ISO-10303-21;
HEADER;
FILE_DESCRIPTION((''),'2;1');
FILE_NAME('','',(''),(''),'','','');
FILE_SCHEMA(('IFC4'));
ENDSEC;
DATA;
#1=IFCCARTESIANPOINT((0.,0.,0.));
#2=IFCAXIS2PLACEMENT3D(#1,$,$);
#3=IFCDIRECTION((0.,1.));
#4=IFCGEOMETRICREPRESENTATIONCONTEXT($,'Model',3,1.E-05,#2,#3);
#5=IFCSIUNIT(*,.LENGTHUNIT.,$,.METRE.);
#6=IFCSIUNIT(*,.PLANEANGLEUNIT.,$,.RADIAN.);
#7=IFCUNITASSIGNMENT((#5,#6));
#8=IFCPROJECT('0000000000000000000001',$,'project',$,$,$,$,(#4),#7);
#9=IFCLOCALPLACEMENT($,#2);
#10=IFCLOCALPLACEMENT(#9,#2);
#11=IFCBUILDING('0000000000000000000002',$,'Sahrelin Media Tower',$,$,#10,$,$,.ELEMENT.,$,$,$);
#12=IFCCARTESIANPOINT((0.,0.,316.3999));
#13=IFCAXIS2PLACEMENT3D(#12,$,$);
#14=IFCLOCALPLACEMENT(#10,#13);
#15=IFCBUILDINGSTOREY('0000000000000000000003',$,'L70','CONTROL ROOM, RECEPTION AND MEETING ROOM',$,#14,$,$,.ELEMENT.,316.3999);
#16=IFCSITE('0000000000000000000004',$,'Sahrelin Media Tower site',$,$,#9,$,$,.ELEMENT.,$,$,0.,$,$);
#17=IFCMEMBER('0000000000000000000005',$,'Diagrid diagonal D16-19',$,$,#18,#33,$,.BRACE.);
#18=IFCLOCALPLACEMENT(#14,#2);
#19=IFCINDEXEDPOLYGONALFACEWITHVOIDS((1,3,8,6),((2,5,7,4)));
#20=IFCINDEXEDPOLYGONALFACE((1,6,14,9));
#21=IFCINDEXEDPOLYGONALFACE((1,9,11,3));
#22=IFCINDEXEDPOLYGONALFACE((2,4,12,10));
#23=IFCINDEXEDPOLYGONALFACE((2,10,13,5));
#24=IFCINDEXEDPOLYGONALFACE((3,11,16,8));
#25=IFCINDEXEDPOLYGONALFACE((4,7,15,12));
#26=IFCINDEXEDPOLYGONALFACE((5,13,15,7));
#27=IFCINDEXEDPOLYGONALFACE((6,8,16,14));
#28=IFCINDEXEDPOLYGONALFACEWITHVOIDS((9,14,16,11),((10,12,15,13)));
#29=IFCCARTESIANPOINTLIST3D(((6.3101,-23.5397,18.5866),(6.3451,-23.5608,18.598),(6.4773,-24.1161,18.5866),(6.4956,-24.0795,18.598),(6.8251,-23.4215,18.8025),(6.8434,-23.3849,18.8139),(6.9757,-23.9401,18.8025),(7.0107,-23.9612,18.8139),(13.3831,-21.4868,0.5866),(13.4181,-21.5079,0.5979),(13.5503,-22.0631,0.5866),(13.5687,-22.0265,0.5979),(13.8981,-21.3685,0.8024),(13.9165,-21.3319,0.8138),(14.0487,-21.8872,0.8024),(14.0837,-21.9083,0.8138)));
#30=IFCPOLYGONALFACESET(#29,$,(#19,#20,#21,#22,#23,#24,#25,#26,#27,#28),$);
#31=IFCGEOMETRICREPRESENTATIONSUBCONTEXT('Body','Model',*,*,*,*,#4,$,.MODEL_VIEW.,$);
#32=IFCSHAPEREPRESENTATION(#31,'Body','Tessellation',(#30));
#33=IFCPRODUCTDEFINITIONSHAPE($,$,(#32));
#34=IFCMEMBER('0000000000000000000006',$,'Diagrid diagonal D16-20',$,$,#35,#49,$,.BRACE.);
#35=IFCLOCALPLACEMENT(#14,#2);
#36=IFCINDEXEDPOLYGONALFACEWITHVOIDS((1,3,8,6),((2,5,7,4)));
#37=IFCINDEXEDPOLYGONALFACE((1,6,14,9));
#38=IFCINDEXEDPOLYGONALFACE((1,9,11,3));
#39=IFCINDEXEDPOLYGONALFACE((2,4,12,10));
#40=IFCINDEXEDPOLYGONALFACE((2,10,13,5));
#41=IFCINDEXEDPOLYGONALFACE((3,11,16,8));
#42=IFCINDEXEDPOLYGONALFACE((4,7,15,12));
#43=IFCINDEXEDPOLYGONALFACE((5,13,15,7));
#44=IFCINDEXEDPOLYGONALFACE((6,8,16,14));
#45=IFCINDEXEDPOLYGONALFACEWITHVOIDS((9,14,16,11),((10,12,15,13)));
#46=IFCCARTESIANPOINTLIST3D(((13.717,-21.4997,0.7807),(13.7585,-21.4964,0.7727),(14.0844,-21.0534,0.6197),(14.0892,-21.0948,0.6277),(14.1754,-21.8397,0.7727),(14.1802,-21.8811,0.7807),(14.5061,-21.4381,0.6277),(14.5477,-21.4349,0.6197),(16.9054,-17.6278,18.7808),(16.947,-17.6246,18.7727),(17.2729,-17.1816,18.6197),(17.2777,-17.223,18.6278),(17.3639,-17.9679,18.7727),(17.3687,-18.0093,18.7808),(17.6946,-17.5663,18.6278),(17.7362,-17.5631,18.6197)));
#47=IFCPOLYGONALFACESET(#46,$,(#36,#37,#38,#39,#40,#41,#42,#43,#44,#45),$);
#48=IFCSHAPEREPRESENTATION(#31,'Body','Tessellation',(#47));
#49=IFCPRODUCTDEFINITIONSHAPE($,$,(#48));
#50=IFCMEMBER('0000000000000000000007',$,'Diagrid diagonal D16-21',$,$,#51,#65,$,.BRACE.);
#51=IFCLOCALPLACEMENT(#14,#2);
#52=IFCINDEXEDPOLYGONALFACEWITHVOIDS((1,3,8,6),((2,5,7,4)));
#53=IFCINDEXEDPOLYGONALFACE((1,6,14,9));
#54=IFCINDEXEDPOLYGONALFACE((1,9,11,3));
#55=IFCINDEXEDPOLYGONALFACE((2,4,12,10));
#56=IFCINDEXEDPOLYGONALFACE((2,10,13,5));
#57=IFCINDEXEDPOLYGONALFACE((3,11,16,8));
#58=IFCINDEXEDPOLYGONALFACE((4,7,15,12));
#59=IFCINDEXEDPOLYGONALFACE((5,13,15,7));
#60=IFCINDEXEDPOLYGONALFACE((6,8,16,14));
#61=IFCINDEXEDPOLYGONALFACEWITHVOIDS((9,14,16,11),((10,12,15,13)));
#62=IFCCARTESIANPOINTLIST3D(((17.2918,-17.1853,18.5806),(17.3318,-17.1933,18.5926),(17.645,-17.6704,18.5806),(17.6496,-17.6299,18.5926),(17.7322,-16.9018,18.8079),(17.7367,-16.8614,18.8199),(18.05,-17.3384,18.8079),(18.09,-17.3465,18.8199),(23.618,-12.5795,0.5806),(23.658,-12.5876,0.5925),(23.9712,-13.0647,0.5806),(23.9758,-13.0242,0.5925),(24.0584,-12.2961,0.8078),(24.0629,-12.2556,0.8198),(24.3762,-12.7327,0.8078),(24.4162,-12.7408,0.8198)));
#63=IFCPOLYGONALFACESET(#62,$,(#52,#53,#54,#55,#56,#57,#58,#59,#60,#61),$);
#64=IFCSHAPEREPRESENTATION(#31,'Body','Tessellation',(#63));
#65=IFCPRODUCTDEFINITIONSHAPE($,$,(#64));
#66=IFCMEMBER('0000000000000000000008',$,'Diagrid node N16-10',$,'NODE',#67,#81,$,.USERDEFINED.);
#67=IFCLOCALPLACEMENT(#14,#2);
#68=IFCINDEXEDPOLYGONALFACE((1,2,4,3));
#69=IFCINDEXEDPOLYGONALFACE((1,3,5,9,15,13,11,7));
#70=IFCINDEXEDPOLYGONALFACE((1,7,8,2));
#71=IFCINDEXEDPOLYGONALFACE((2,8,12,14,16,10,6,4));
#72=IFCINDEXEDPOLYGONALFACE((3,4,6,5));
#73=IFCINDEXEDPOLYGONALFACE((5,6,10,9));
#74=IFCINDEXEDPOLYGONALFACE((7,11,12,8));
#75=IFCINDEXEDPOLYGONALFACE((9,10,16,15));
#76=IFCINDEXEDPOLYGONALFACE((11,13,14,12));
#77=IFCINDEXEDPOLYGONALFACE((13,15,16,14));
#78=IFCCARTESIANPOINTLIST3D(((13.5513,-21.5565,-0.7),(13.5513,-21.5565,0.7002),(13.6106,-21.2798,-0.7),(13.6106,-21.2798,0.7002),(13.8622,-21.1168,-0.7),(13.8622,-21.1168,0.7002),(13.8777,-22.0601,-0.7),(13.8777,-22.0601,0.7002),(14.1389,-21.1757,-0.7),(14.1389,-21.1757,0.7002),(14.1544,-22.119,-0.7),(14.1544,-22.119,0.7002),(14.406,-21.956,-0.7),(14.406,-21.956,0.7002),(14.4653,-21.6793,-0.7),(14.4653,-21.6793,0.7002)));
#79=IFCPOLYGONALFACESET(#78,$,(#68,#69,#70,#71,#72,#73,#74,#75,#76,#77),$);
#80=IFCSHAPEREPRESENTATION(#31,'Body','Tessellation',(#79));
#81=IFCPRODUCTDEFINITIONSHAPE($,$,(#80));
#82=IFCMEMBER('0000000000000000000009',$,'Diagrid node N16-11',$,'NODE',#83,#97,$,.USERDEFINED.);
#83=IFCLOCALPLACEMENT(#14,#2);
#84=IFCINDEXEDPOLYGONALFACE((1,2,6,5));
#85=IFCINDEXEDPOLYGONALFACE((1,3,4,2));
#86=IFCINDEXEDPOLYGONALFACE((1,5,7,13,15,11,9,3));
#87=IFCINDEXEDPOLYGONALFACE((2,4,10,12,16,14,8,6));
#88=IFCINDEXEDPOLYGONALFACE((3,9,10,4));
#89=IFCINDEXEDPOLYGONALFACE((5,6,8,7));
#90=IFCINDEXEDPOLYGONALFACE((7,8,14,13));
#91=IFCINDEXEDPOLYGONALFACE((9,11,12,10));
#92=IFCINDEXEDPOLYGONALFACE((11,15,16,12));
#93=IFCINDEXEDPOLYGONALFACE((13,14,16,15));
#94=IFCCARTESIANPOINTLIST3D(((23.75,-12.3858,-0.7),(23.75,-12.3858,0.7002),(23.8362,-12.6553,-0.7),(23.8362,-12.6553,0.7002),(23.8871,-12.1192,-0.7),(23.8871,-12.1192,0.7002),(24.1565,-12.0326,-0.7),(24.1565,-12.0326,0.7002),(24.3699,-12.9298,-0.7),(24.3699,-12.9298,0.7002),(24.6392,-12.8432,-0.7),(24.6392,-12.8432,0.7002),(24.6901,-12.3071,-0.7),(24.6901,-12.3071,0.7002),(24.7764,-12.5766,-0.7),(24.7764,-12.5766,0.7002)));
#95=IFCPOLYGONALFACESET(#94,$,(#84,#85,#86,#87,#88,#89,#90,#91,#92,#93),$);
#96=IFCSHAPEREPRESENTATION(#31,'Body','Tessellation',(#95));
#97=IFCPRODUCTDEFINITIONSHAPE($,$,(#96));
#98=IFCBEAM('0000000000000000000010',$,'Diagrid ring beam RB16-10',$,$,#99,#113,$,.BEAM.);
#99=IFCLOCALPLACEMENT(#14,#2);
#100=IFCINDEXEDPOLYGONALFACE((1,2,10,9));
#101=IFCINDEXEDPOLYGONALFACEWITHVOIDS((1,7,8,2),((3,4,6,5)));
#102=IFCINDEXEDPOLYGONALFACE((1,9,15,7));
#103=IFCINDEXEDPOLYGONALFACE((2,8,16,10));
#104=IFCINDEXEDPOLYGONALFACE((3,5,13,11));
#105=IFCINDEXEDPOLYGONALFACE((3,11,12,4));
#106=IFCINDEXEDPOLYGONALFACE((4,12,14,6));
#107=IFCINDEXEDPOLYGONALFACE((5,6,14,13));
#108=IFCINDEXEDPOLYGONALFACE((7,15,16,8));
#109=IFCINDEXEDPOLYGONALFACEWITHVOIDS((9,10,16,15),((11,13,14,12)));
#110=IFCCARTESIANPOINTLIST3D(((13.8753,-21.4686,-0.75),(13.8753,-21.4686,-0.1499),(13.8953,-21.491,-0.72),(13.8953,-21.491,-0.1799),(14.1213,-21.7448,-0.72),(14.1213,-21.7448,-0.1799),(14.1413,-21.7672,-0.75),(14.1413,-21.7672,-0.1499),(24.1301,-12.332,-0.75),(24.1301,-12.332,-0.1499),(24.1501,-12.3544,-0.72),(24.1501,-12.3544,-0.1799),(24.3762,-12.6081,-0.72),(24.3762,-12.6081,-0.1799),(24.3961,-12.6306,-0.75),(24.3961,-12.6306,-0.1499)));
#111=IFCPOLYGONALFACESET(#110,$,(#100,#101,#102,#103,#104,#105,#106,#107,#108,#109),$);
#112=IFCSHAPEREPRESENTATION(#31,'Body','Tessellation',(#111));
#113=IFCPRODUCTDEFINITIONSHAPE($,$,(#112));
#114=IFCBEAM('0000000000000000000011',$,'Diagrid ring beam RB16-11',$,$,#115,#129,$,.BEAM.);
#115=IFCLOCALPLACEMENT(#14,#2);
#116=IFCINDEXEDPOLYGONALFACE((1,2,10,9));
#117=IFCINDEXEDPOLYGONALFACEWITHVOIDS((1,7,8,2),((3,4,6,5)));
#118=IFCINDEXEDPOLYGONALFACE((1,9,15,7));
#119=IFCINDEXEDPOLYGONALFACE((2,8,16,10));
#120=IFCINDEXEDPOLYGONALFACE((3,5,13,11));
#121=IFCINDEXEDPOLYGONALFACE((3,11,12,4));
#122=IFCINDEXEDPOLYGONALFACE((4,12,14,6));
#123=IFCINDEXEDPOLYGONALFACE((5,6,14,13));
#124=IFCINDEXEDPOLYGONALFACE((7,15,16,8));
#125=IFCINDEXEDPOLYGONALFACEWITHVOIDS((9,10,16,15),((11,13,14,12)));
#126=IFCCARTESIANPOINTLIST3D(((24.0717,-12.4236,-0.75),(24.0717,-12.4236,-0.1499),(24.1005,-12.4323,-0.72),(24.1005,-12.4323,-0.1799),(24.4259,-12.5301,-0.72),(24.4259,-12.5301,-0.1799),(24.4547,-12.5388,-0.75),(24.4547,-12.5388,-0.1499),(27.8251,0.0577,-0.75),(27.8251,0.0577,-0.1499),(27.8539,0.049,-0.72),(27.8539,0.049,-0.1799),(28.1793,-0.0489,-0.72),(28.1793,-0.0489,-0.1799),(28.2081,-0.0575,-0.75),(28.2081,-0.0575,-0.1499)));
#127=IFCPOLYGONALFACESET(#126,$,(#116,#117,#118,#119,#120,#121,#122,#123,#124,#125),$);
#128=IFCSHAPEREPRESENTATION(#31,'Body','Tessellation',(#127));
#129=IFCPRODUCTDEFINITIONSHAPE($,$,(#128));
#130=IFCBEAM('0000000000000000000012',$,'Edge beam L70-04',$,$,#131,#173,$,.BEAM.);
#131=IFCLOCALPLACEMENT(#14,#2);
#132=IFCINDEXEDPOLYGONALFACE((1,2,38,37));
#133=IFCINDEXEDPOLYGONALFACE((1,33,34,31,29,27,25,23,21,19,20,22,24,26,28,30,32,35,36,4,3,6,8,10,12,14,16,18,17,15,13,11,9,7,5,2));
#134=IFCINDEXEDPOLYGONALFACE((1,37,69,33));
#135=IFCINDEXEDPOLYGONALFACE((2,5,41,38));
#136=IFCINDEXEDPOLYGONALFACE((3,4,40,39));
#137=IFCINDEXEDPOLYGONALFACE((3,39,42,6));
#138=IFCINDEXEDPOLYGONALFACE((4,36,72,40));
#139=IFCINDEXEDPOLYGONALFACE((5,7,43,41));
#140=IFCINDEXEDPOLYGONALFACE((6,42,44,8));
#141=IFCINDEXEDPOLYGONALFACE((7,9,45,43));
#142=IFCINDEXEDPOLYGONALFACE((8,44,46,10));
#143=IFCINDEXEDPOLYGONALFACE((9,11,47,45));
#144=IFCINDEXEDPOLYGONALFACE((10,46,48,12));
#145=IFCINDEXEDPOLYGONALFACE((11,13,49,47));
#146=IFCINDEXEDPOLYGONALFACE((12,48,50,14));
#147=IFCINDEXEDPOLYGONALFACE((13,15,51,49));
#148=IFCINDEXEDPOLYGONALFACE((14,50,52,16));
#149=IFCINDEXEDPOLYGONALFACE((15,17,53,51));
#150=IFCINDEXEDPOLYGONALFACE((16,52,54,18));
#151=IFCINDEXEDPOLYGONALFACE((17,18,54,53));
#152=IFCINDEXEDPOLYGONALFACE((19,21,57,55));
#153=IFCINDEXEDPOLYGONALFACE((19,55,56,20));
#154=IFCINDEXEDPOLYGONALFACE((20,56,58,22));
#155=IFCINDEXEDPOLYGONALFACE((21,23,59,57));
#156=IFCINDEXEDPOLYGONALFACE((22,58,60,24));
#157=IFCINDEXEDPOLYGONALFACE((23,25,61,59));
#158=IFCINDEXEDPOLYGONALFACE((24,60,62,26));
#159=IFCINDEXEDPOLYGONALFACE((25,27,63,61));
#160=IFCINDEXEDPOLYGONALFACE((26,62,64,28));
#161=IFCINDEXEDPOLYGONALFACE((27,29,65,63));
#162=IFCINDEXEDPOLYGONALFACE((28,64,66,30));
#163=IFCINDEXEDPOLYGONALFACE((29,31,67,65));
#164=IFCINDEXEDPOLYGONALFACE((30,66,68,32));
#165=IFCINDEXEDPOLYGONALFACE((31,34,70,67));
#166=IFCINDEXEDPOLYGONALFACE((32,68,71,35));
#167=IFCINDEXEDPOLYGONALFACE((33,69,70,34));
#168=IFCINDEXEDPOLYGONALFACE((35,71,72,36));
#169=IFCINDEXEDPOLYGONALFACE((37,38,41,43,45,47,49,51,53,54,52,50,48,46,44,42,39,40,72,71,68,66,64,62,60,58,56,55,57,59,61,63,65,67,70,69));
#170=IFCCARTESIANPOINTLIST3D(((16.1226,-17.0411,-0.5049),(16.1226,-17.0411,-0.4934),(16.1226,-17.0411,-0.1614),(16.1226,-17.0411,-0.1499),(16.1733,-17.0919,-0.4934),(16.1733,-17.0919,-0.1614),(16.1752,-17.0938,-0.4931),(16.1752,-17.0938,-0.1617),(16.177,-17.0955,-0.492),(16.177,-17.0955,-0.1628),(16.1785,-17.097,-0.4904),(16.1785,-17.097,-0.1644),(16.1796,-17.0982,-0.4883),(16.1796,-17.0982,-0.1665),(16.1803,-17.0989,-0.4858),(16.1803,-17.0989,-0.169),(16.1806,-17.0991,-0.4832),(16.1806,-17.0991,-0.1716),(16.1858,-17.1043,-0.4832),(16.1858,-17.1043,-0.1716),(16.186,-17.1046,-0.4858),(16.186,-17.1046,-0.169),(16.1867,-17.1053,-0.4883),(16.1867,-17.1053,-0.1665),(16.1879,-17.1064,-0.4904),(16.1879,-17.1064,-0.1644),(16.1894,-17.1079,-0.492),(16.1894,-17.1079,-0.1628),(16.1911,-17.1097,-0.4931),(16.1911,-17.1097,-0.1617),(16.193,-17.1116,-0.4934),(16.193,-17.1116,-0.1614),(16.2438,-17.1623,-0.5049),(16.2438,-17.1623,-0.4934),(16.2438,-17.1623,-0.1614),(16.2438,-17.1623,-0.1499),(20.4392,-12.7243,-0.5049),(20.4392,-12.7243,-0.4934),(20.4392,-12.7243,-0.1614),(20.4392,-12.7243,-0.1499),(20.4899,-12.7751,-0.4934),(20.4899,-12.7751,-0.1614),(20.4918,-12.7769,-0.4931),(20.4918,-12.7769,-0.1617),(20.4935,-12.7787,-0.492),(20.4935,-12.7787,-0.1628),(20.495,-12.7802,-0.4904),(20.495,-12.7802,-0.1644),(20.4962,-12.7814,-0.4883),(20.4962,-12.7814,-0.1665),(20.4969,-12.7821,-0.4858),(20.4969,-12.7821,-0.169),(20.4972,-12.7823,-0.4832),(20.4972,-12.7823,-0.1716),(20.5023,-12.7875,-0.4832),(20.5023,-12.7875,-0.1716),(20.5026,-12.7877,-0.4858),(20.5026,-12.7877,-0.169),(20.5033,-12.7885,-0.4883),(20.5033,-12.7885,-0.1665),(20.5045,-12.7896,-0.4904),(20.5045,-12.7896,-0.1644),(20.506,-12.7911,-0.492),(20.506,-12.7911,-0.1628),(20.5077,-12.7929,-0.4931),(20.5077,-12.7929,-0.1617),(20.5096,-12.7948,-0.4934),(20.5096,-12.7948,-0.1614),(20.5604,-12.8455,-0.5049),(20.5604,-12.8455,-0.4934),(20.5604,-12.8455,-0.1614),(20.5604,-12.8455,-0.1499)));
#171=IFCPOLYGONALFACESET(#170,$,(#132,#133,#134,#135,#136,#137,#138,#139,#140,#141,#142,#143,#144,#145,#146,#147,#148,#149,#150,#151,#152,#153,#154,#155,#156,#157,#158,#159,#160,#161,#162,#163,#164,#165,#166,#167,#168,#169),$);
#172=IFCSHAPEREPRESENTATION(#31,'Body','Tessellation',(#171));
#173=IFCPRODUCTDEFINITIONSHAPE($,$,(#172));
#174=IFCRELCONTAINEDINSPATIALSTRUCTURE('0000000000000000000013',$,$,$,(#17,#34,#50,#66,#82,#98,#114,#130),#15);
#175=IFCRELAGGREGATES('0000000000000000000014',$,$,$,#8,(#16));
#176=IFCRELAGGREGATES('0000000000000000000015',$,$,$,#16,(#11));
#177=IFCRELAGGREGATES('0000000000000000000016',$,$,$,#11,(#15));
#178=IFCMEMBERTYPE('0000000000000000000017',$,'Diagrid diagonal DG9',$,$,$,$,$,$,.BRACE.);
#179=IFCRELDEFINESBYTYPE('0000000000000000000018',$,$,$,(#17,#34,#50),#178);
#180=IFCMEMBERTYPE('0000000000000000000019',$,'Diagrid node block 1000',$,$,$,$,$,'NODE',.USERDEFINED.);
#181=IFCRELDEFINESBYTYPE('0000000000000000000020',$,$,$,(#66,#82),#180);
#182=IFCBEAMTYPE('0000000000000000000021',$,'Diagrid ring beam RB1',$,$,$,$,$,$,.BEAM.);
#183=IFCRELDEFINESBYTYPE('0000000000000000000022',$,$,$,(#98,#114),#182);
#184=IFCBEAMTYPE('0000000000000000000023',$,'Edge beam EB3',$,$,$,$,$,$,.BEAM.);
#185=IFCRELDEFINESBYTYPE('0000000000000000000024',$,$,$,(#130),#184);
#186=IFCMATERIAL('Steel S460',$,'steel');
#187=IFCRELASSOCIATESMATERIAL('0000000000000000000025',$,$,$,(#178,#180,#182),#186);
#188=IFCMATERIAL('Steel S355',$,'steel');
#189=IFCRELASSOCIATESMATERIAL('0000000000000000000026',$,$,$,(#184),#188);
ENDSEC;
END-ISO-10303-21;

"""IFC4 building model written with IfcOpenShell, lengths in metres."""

from ifc_helpers import new_model, si_unit, direction, frame, origin, origin_2d, place, context, subcontext, project, spatial, polyline, hollow_rectangle, i_section, outline, extrude, material, material_profile, profile_set, type_object, element, save


model = new_model("IFC4")

# Units and contexts
model_context = context("Model", 3, precision=1e-05, world=origin(), true_north=direction((0.0, 1.0)))
body_context = subcontext(model_context, "Body", "Model", "MODEL_VIEW")
ifc_project = project(units=[si_unit("LENGTHUNIT", "METRE"), si_unit("PLANEANGLEUNIT", "RADIAN")], contexts=[model_context])

# Site, building, storey
site_placement = place(None, origin())
site = spatial("IfcSite", under=ifc_project, at=site_placement, Name="Sahrelin Media Tower site", CompositionType="ELEMENT", RefElevation=0.0)
building_placement = place(site_placement, origin())
building = spatial("IfcBuilding", under=site, at=building_placement, Name="Sahrelin Media Tower", CompositionType="ELEMENT")
storey_placement = place(building_placement, frame((0.0, 0.0, 316.3999)))
storey = spatial("IfcBuildingStorey", under=building, at=storey_placement, Name="L70", Description="CONTROL ROOM, RECEPTION AND MEETING ROOM", CompositionType="ELEMENT", Elevation=316.3999)

# Members
ifc_material_1 = material(Name="Steel S460", Category="steel")
ifc_material_profile_1 = material_profile(ifc_material_1, hollow_rectangle(XDim=0.6001, YDim=0.6001, WallThickness=0.03, at=origin_2d()), Name="Diagrid diagonal DG9")
ifc_profile_set_1 = profile_set([ifc_material_profile_1], Name="Steel S460")
member_type_1 = type_object("IfcMemberType", Name="Diagrid diagonal DG9", PredefinedType="BRACE", material=ifc_profile_set_1)
member_1_placement = place(storey_placement, frame((13.7334, -21.6975, 0.7002), z_axis=(-0.363679, -0.10556, 0.925524), x_axis=(0.278751, -0.960363, 0.0)))
element("IfcMember", 1, at=member_1_placement, inside=storey, type_object=member_type_1, Name="Diagrid diagonal D16-19", PredefinedType="BRACE", context=body_context, shape_type="SweptSolid", body=[
    extrude(hollow_rectangle(XDim=0.6001, YDim=0.6001, WallThickness=0.03, at=origin_2d()), origin(), (0.0, 0.0, 1.0), 19.4485),
])
member_2_placement = place(storey_placement, frame((14.1323, -21.4673, 0.7002), z_axis=(0.170637, 0.207207, 0.963301), x_axis=(-0.771939, 0.635697, 0.0)))
element("IfcMember", 2, at=member_2_placement, inside=storey, type_object=member_type_1, Name="Diagrid diagonal D16-20", PredefinedType="BRACE", context=body_context, shape_type="SweptSolid", body=[
    extrude(hollow_rectangle(XDim=0.6001, YDim=0.6001, WallThickness=0.03, at=origin_2d()), origin(), (0.0, 0.0, 1.0), 18.6858),
])
member_3_placement = place(storey_placement, frame((24.0171, -12.6602, 0.7002), z_axis=(-0.322314, -0.234658, 0.917087), x_axis=(0.588578, -0.808441, 0.0)))
element("IfcMember", 3, at=member_3_placement, inside=storey, type_object=member_type_1, Name="Diagrid diagonal D16-21", PredefinedType="BRACE", context=body_context, shape_type="SweptSolid", body=[
    extrude(hollow_rectangle(XDim=0.6001, YDim=0.6001, WallThickness=0.03, at=origin_2d()), origin(), (0.0, 0.0, 1.0), 19.6274),
])
ifc_material_profile_2 = material_profile(ifc_material_1, outline(polyline([(0.3, -0.3501), (0.5, -0.1499), (0.5, 0.1499), (0.3, 0.3501), (-0.3, 0.3501), (-0.5, 0.1499), (-0.5, -0.1499), (-0.3, -0.3501), (0.3, -0.3501)])), Name="Diagrid node block 1000")
ifc_profile_set_2 = profile_set([ifc_material_profile_2], Name="Steel S460")
member_type_2 = type_object("IfcMemberType", Name="Diagrid node block 1000", ElementType="NODE", PredefinedType="USERDEFINED", material=ifc_profile_set_2)
for number, where, z_axis, x_axis, name in (
    (4, (14.0083, -21.6179, -0.7), (0.0, 0.0, 1.0), (0.54381, -0.839208, 0.0), "Diagrid node N16-10"),
    (5, (24.2632, -12.4812, -0.7), (0.0, 0.0, 1.0), (0.889245, -0.457432, 0.0), "Diagrid node N16-11"),
):
    element("IfcMember", number, at=place(storey_placement, frame(where, z_axis=z_axis, x_axis=x_axis)), inside=storey, type_object=member_type_2, Name=name, ObjectType="NODE", PredefinedType="USERDEFINED", context=body_context, shape_type="SweptSolid", body=[
        extrude(outline(polyline([(0.3, -0.3501), (0.5, -0.1499), (0.5, 0.1499), (0.3, 0.3501), (-0.3, 0.3501), (-0.5, 0.1499), (-0.5, -0.1499), (-0.3, -0.3501), (0.3, -0.3501)])), origin(), (0.0, 0.0, 1.0), 1.4001),
    ])

# Beams
ifc_material_profile_3 = material_profile(ifc_material_1, hollow_rectangle(XDim=0.3999, YDim=0.6001, WallThickness=0.03, at=origin_2d()), Name="Diagrid ring beam RB1")
ifc_profile_set_3 = profile_set([ifc_material_profile_3], Name="Steel S460")
beam_type_1 = type_object("IfcBeamType", Name="Diagrid ring beam RB1", PredefinedType="BEAM", material=ifc_profile_set_3)
beam_1_placement = place(storey_placement, frame((14.0083, -21.6179, -0.45), z_axis=(0.74664, 0.665228, 0.0), x_axis=(-0.665228, 0.74664, 0.0)))
element("IfcBeam", 6, at=beam_1_placement, inside=storey, type_object=beam_type_1, Name="Diagrid ring beam RB16-10", PredefinedType="BEAM", context=body_context, shape_type="SweptSolid", body=[
    extrude(hollow_rectangle(XDim=0.3999, YDim=0.6001, WallThickness=0.03, at=origin_2d()), origin(), (0.0, 0.0, 1.0), 13.7346),
])
beam_2_placement = place(storey_placement, frame((24.2632, -12.4812, -0.45), z_axis=(0.287985, 0.957635, 0.0), x_axis=(-0.957635, 0.287985, 0.0)))
element("IfcBeam", 7, at=beam_2_placement, inside=storey, type_object=beam_type_1, Name="Diagrid ring beam RB16-11", PredefinedType="BEAM", context=body_context, shape_type="SweptSolid", body=[
    extrude(hollow_rectangle(XDim=0.3999, YDim=0.6001, WallThickness=0.03, at=origin_2d()), origin(), (0.0, 0.0, 1.0), 13.0334),
])
ifc_material_2 = material(Name="Steel S355", Category="steel")
ifc_material_profile_4 = material_profile(ifc_material_2, i_section(OverallWidth=0.1714, OverallDepth=0.355, WebThickness=0.0073, FlangeThickness=0.0115, FilletRadius=0.0103, at=origin_2d()), Name="UB 356x171x51")
ifc_profile_set_4 = profile_set([ifc_material_profile_4], Name="Steel S355")
beam_type_2 = type_object("IfcBeamType", Name="Edge beam EB3", PredefinedType="BEAM", material=ifc_profile_set_4)
beam_3_placement = place(storey_placement, frame((20.4998, -12.7849, -0.3274), z_axis=(-0.707087, -0.707127, 0.0), x_axis=(0.707127, -0.707087, 0.0)))
element("IfcBeam", 8, at=beam_3_placement, inside=storey, type_object=beam_type_2, Name="Edge beam L70-04", PredefinedType="BEAM", context=body_context, shape_type="SweptSolid", body=[
    extrude(i_section(OverallWidth=0.1714, OverallDepth=0.355, WebThickness=0.0073, FlangeThickness=0.0115, FilletRadius=0.0103, at=origin_2d()), origin(), (0.0, 0.0, 1.0), 6.1047),
])

save(model, "model.ifc")
